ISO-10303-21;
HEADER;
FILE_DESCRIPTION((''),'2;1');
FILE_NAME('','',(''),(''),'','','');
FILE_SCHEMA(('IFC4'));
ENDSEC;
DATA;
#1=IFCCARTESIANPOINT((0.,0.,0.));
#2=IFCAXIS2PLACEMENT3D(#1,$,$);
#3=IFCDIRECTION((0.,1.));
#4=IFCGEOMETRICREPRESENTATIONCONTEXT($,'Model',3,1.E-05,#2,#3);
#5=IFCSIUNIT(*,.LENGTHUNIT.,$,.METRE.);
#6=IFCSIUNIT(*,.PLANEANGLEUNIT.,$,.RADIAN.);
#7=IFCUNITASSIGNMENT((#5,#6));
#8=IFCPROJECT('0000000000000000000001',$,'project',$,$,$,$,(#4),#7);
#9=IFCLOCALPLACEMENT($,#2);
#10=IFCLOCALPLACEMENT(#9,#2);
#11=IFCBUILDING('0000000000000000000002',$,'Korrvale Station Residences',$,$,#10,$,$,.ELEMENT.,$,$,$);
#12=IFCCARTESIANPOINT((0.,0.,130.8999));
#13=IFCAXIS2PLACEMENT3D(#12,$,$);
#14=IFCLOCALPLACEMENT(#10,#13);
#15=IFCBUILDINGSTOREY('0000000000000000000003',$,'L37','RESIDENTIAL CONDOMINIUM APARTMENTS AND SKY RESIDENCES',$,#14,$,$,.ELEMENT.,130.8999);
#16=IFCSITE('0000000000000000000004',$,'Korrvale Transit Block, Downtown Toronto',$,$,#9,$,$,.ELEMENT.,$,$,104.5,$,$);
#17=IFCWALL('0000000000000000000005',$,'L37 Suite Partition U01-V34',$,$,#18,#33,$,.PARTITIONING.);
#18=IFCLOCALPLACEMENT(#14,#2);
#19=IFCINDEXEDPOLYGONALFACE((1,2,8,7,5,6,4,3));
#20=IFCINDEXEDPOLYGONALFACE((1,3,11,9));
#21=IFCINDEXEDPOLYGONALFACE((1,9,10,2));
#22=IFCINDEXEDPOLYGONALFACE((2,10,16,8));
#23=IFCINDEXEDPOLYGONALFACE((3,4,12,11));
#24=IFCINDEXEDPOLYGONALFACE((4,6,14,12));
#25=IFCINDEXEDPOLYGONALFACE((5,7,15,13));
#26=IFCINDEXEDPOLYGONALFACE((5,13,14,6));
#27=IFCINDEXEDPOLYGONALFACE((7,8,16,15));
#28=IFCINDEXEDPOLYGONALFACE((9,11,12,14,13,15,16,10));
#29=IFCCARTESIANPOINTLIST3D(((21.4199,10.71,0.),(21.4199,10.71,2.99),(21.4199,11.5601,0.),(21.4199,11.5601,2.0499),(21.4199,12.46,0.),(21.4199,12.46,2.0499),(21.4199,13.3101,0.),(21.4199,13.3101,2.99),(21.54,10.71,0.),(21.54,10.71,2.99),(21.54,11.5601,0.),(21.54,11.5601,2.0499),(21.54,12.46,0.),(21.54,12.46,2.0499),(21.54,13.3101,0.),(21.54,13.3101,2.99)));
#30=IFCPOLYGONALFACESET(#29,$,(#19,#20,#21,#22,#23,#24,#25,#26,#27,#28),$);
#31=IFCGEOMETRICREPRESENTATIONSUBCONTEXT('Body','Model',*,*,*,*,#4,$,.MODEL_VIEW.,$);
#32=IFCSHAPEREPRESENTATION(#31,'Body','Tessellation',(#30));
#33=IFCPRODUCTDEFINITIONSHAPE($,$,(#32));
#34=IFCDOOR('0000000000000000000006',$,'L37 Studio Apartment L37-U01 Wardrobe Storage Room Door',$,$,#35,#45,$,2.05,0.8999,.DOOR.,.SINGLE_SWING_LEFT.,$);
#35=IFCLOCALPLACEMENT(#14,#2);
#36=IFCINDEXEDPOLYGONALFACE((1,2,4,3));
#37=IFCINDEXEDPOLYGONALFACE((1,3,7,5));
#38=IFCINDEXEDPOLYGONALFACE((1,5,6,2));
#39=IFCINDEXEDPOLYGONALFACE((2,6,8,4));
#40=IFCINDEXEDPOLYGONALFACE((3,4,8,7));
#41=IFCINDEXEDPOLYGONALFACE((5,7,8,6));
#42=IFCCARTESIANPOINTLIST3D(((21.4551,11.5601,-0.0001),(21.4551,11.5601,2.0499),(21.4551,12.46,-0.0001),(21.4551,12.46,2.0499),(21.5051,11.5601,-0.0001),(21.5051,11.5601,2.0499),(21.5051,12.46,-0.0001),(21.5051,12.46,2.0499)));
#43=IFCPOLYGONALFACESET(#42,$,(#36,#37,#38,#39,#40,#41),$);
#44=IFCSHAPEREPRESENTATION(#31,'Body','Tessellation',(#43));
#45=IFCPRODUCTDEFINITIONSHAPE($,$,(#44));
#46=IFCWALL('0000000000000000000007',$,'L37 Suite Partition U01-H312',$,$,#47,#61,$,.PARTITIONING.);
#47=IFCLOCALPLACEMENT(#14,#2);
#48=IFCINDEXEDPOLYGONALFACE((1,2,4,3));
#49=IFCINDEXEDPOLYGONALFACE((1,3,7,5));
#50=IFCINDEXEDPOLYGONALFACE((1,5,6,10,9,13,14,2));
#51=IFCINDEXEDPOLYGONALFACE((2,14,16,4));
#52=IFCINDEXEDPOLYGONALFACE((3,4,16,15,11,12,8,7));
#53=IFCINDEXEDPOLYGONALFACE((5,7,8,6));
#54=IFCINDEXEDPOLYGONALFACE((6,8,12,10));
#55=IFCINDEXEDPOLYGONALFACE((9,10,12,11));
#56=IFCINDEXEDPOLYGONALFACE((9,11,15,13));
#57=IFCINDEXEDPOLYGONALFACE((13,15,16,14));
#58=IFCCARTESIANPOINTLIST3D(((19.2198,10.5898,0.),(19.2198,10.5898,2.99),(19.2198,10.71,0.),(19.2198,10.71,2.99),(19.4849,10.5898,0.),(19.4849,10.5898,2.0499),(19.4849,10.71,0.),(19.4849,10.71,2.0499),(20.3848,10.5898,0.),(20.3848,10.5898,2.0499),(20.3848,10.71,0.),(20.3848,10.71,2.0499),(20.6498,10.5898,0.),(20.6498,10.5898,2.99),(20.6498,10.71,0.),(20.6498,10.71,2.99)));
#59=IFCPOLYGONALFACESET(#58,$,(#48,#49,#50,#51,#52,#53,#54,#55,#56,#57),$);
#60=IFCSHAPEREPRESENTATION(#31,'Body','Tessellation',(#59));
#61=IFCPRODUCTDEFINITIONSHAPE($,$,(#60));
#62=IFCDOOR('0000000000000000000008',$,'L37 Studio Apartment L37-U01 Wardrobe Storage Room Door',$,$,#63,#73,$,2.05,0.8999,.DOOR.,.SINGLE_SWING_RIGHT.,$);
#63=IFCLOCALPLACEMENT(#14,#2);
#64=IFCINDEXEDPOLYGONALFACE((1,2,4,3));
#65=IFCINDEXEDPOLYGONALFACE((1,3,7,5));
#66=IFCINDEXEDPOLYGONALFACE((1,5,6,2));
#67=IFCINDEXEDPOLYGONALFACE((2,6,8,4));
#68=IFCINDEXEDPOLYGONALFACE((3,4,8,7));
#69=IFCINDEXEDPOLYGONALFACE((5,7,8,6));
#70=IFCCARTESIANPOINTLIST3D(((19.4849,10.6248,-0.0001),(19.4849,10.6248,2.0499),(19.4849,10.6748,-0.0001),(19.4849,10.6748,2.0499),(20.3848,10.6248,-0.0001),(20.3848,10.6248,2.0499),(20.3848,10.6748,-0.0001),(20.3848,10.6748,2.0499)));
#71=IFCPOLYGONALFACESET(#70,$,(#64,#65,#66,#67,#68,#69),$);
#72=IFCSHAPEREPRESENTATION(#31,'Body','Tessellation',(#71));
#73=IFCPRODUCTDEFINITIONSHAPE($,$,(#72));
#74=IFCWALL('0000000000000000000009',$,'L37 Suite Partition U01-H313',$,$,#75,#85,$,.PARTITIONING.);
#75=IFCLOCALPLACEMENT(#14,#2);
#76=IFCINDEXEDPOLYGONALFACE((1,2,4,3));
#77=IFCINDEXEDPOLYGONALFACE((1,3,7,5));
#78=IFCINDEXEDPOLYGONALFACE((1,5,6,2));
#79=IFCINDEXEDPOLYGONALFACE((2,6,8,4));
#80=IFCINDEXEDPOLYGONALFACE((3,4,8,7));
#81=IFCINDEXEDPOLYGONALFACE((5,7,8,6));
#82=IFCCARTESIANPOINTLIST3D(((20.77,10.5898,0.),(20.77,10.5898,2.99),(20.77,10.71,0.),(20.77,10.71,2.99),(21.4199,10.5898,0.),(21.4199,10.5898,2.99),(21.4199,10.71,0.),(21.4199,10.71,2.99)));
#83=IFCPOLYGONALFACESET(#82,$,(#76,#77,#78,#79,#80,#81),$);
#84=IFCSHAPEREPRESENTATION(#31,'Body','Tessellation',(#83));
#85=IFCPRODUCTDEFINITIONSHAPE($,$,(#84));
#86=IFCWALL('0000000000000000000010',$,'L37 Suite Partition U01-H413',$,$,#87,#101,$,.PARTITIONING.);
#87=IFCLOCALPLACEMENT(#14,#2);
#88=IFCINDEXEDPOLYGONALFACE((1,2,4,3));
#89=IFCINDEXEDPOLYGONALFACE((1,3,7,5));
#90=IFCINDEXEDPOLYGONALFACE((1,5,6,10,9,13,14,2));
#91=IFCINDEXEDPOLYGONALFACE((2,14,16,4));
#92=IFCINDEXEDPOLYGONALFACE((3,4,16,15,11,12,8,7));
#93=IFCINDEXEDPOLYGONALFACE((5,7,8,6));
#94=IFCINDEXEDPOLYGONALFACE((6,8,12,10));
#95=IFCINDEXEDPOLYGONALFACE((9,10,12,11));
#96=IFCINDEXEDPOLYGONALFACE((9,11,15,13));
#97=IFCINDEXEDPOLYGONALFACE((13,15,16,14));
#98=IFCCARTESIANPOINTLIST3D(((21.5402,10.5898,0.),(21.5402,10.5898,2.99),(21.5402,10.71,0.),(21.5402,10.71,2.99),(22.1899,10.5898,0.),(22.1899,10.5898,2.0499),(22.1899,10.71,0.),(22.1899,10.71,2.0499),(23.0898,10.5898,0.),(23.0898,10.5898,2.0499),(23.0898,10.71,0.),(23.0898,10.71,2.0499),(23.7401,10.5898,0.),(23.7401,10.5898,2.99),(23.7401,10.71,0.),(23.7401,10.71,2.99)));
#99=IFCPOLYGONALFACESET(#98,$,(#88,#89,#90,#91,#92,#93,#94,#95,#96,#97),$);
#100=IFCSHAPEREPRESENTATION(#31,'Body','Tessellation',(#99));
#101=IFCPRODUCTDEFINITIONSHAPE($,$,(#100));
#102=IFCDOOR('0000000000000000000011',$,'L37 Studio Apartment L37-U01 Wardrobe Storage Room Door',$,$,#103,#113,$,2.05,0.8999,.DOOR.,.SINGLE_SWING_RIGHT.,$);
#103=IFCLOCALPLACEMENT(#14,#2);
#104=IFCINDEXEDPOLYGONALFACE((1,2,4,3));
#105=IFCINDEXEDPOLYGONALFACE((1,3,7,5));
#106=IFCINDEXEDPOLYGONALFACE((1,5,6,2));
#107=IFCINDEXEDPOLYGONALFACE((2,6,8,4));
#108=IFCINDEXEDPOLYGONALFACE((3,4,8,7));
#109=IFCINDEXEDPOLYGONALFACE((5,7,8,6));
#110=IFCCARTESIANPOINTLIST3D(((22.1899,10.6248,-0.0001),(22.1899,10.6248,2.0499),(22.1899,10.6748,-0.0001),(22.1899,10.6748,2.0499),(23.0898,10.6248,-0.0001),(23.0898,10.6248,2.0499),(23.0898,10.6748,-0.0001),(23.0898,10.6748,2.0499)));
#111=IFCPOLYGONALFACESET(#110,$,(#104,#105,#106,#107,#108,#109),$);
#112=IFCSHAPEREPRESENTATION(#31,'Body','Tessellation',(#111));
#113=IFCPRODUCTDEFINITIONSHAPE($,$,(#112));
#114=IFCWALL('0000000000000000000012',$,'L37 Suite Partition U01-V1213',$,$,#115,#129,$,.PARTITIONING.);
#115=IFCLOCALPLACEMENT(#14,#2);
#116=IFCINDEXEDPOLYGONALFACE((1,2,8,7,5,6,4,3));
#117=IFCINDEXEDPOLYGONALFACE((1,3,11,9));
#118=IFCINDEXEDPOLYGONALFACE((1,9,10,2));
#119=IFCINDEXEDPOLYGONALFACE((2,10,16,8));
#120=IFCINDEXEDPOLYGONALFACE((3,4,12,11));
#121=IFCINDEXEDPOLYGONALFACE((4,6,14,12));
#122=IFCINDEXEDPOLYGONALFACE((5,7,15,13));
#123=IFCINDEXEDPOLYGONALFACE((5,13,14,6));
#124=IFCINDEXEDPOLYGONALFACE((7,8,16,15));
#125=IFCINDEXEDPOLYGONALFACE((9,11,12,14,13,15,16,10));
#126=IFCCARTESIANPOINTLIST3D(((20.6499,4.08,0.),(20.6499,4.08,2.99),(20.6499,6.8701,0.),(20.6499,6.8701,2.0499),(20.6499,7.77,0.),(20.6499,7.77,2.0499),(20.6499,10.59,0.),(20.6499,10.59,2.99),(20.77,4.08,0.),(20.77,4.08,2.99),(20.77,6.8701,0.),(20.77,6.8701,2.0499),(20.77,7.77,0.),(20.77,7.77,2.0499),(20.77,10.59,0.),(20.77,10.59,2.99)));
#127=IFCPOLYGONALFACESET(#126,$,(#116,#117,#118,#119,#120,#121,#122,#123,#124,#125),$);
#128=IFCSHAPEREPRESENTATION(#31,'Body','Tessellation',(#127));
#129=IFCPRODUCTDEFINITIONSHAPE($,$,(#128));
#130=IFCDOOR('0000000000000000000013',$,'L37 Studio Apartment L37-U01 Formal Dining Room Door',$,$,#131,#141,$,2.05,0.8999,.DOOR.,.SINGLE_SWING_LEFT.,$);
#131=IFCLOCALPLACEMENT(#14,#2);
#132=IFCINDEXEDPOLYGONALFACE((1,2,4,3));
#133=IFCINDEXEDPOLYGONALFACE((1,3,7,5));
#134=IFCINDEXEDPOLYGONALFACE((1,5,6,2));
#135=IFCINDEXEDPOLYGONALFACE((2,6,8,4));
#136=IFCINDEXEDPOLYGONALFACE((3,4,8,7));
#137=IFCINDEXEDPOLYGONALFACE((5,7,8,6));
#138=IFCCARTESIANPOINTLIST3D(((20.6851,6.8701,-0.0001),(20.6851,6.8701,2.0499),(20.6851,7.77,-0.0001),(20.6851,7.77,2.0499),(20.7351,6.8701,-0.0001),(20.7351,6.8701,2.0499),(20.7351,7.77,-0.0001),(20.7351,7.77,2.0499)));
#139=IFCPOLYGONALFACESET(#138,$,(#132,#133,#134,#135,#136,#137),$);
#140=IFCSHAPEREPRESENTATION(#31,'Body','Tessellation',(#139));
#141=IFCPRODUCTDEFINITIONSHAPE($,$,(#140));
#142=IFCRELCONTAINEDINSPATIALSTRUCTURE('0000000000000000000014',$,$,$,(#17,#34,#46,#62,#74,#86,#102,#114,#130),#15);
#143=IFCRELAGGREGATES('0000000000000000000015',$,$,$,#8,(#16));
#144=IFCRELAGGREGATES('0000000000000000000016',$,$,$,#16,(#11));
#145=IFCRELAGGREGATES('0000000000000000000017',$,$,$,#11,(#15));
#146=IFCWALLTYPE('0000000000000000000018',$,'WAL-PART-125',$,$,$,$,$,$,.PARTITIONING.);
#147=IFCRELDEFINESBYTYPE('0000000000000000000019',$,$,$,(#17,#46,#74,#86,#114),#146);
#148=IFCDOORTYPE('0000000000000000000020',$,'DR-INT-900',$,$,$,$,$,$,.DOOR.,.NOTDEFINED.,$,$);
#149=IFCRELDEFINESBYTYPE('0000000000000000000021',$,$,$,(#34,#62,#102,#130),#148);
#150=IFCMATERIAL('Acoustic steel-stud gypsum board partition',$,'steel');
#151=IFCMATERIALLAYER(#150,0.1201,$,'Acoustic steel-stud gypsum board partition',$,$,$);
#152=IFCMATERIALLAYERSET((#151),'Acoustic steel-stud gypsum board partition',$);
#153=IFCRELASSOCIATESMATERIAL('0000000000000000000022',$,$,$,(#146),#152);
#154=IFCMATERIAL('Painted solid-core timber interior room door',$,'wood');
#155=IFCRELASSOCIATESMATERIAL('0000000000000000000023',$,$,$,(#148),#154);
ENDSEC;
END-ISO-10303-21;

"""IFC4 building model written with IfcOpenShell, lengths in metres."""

from ifc_helpers import new_model, si_unit, direction, frame, frame_2d, origin, place, context, subcontext, project, spatial, rectangle, extrude, material, layer, layer_set, type_object, element, fill, save


model = new_model("IFC4")

# Units and contexts
model_context = context("Model", 3, precision=1e-05, world=origin(), true_north=direction((0.0, 1.0)))
body_context = subcontext(model_context, "Body", "Model", "MODEL_VIEW")
ifc_project = project(units=[si_unit("LENGTHUNIT", "METRE"), si_unit("PLANEANGLEUNIT", "RADIAN")], contexts=[model_context])

# Site, building, storey
site_placement = place(None, origin())
site = spatial("IfcSite", under=ifc_project, at=site_placement, Name="Korrvale Transit Block, Downtown Toronto", CompositionType="ELEMENT", RefElevation=104.5)
building_placement = place(site_placement, origin())
building = spatial("IfcBuilding", under=site, at=building_placement, Name="Korrvale Station Residences", CompositionType="ELEMENT")
storey_placement = place(building_placement, frame((0.0, 0.0, 130.8999)))
storey = spatial("IfcBuildingStorey", under=building, at=storey_placement, Name="L37", Description="RESIDENTIAL CONDOMINIUM APARTMENTS AND SKY RESIDENCES", CompositionType="ELEMENT", Elevation=130.8999)

# Walls, openings, doors
ifc_material_1 = material(Name="Acoustic steel-stud gypsum board partition", Category="steel")
ifc_layer = layer(ifc_material_1, 0.1201, Name="Acoustic steel-stud gypsum board partition")
ifc_layer_set = layer_set([ifc_layer], Name="Acoustic steel-stud gypsum board partition")
wall_type = type_object("IfcWallType", Name="WAL-PART-125", PredefinedType="PARTITIONING", material=ifc_layer_set)
ifc_material_2 = material(Name="Painted solid-core timber interior room door", Category="wood")
door_type = type_object("IfcDoorType", Name="DR-INT-900", OperationType="NOTDEFINED", PredefinedType="DOOR", material=ifc_material_2)
wall_1_placement = place(storey_placement, frame((21.48, 10.71, 0.0), z_axis=(0.0, 0.0, 1.0), x_axis=(0.0, 1.0, 0.0)))
wall_1 = element("IfcWall", 1, at=wall_1_placement, inside=storey, type_object=wall_type, Name="L37 Suite Partition U01-V34", PredefinedType="PARTITIONING", context=body_context, shape_type="SweptSolid", body=[
    extrude(rectangle(XDim=2.6001, YDim=0.1201, at=frame_2d((1.3, 0.0))), origin(), (0.0, 0.0, 1.0), 2.99),
])
opening_1_placement = place(wall_1_placement, frame((0.8501, 0.0, 0.0)))
opening_1 = element("IfcOpeningElement", 2, at=opening_1_placement, cuts=wall_1, PredefinedType="OPENING", context=body_context, shape_type="SweptSolid", body=[
    extrude(rectangle(XDim=0.8999, YDim=2.05, at=frame_2d((0.45, 1.0249))), frame((0.0, 0.0701, 0.0), z_axis=(0.0, -1.0, 0.0), x_axis=(1.0, 0.0, 0.0)), (0.0, 0.0, 1.0), 0.1401),
])
door_1_placement = place(opening_1_placement, origin())
door_1 = element("IfcDoor", 3, at=door_1_placement, inside=storey, type_object=door_type, Name="L37 Studio Apartment L37-U01 Wardrobe Storage Room Door", OperationType="SINGLE_SWING_LEFT", OverallHeight=2.05, OverallWidth=0.8999, PredefinedType="DOOR", context=body_context, shape_type="SweptSolid", body=[
    extrude(rectangle(XDim=0.8999, YDim=2.05, at=frame_2d((0.45, 1.0249))), frame((0.0, 0.0249, 0.0), z_axis=(0.0, -1.0, 0.0), x_axis=(1.0, 0.0, 0.0)), (0.0, 0.0, 1.0), 0.05),
])
fill(opening_1, door_1)
wall_2_placement = place(storey_placement, frame((19.22, 10.6499, 0.0), z_axis=(0.0, 0.0, 1.0), x_axis=(1.0, 0.0, 0.0)))
wall_2 = element("IfcWall", 4, at=wall_2_placement, inside=storey, type_object=wall_type, Name="L37 Suite Partition U01-H312", PredefinedType="PARTITIONING", context=body_context, shape_type="SweptSolid", body=[
    extrude(rectangle(XDim=1.4299, YDim=0.1201, at=frame_2d((0.7148, 0.0))), origin(), (0.0, 0.0, 1.0), 2.99),
])
opening_2_placement = place(wall_2_placement, frame((0.2649, 0.0, 0.0)))
opening_2 = element("IfcOpeningElement", 5, at=opening_2_placement, cuts=wall_2, PredefinedType="OPENING", context=body_context, shape_type="SweptSolid", body=[
    extrude(rectangle(XDim=0.8999, YDim=2.05, at=frame_2d((0.45, 1.0249))), frame((0.0, 0.0701, 0.0), z_axis=(0.0, -1.0, 0.0), x_axis=(1.0, 0.0, 0.0)), (0.0, 0.0, 1.0), 0.1401),
])
door_2_placement = place(opening_2_placement, origin())
door_2 = element("IfcDoor", 6, at=door_2_placement, inside=storey, type_object=door_type, Name="L37 Studio Apartment L37-U01 Wardrobe Storage Room Door", OperationType="SINGLE_SWING_RIGHT", OverallHeight=2.05, OverallWidth=0.8999, PredefinedType="DOOR", context=body_context, shape_type="SweptSolid", body=[
    extrude(rectangle(XDim=0.8999, YDim=2.05, at=frame_2d((0.45, 1.0249))), frame((0.0, 0.0249, 0.0), z_axis=(0.0, -1.0, 0.0), x_axis=(1.0, 0.0, 0.0)), (0.0, 0.0, 1.0), 0.05),
])
fill(opening_2, door_2)

# Wall
wall_3_placement = place(storey_placement, frame((20.77, 10.6499, 0.0), z_axis=(0.0, 0.0, 1.0), x_axis=(1.0, 0.0, 0.0)))
element("IfcWall", 7, at=wall_3_placement, inside=storey, type_object=wall_type, Name="L37 Suite Partition U01-H313", PredefinedType="PARTITIONING", context=body_context, shape_type="SweptSolid", body=[
    extrude(rectangle(XDim=0.6499, YDim=0.1201, at=frame_2d((0.325, 0.0))), origin(), (0.0, 0.0, 1.0), 2.99),
])

# Walls, openings, doors
wall_4_placement = place(storey_placement, frame((21.54, 10.6499, 0.0), z_axis=(0.0, 0.0, 1.0), x_axis=(1.0, 0.0, 0.0)))
wall_4 = element("IfcWall", 8, at=wall_4_placement, inside=storey, type_object=wall_type, Name="L37 Suite Partition U01-H413", PredefinedType="PARTITIONING", context=body_context, shape_type="SweptSolid", body=[
    extrude(rectangle(XDim=2.2, YDim=0.1201, at=frame_2d((1.1001, 0.0))), origin(), (0.0, 0.0, 1.0), 2.99),
])
opening_3_placement = place(wall_4_placement, frame((0.6499, 0.0, 0.0)))
opening_3 = element("IfcOpeningElement", 9, at=opening_3_placement, cuts=wall_4, PredefinedType="OPENING", context=body_context, shape_type="SweptSolid", body=[
    extrude(rectangle(XDim=0.8999, YDim=2.05, at=frame_2d((0.45, 1.0249))), frame((0.0, 0.0701, 0.0), z_axis=(0.0, -1.0, 0.0), x_axis=(1.0, 0.0, 0.0)), (0.0, 0.0, 1.0), 0.1401),
])
door_3_placement = place(opening_3_placement, origin())
door_3 = element("IfcDoor", 10, at=door_3_placement, inside=storey, type_object=door_type, Name="L37 Studio Apartment L37-U01 Wardrobe Storage Room Door", OperationType="SINGLE_SWING_RIGHT", OverallHeight=2.05, OverallWidth=0.8999, PredefinedType="DOOR", context=body_context, shape_type="SweptSolid", body=[
    extrude(rectangle(XDim=0.8999, YDim=2.05, at=frame_2d((0.45, 1.0249))), frame((0.0, 0.0249, 0.0), z_axis=(0.0, -1.0, 0.0), x_axis=(1.0, 0.0, 0.0)), (0.0, 0.0, 1.0), 0.05),
])
fill(opening_3, door_3)
wall_5_placement = place(storey_placement, frame((20.71, 4.0801, 0.0), z_axis=(0.0, 0.0, 1.0), x_axis=(0.0, 1.0, 0.0)))
wall_5 = element("IfcWall", 11, at=wall_5_placement, inside=storey, type_object=wall_type, Name="L37 Suite Partition U01-V1213", PredefinedType="PARTITIONING", context=body_context, shape_type="SweptSolid", body=[
    extrude(rectangle(XDim=6.51, YDim=0.1201, at=frame_2d((3.2549, 0.0))), origin(), (0.0, 0.0, 1.0), 2.99),
])
opening_4_placement = place(wall_5_placement, frame((2.79, 0.0, 0.0)))
opening_4 = element("IfcOpeningElement", 12, at=opening_4_placement, cuts=wall_5, PredefinedType="OPENING", context=body_context, shape_type="SweptSolid", body=[
    extrude(rectangle(XDim=0.8999, YDim=2.05, at=frame_2d((0.45, 1.0249))), frame((0.0, 0.0701, 0.0), z_axis=(0.0, -1.0, 0.0), x_axis=(1.0, 0.0, 0.0)), (0.0, 0.0, 1.0), 0.1401),
])
door_4_placement = place(opening_4_placement, origin())
door_4 = element("IfcDoor", 13, at=door_4_placement, inside=storey, type_object=door_type, Name="L37 Studio Apartment L37-U01 Formal Dining Room Door", OperationType="SINGLE_SWING_LEFT", OverallHeight=2.05, OverallWidth=0.8999, PredefinedType="DOOR", context=body_context, shape_type="SweptSolid", body=[
    extrude(rectangle(XDim=0.8999, YDim=2.05, at=frame_2d((0.45, 1.0249))), frame((0.0, 0.0249, 0.0), z_axis=(0.0, -1.0, 0.0), x_axis=(1.0, 0.0, 0.0)), (0.0, 0.0, 1.0), 0.05),
])
fill(opening_4, door_4)

save(model, "model.ifc")
